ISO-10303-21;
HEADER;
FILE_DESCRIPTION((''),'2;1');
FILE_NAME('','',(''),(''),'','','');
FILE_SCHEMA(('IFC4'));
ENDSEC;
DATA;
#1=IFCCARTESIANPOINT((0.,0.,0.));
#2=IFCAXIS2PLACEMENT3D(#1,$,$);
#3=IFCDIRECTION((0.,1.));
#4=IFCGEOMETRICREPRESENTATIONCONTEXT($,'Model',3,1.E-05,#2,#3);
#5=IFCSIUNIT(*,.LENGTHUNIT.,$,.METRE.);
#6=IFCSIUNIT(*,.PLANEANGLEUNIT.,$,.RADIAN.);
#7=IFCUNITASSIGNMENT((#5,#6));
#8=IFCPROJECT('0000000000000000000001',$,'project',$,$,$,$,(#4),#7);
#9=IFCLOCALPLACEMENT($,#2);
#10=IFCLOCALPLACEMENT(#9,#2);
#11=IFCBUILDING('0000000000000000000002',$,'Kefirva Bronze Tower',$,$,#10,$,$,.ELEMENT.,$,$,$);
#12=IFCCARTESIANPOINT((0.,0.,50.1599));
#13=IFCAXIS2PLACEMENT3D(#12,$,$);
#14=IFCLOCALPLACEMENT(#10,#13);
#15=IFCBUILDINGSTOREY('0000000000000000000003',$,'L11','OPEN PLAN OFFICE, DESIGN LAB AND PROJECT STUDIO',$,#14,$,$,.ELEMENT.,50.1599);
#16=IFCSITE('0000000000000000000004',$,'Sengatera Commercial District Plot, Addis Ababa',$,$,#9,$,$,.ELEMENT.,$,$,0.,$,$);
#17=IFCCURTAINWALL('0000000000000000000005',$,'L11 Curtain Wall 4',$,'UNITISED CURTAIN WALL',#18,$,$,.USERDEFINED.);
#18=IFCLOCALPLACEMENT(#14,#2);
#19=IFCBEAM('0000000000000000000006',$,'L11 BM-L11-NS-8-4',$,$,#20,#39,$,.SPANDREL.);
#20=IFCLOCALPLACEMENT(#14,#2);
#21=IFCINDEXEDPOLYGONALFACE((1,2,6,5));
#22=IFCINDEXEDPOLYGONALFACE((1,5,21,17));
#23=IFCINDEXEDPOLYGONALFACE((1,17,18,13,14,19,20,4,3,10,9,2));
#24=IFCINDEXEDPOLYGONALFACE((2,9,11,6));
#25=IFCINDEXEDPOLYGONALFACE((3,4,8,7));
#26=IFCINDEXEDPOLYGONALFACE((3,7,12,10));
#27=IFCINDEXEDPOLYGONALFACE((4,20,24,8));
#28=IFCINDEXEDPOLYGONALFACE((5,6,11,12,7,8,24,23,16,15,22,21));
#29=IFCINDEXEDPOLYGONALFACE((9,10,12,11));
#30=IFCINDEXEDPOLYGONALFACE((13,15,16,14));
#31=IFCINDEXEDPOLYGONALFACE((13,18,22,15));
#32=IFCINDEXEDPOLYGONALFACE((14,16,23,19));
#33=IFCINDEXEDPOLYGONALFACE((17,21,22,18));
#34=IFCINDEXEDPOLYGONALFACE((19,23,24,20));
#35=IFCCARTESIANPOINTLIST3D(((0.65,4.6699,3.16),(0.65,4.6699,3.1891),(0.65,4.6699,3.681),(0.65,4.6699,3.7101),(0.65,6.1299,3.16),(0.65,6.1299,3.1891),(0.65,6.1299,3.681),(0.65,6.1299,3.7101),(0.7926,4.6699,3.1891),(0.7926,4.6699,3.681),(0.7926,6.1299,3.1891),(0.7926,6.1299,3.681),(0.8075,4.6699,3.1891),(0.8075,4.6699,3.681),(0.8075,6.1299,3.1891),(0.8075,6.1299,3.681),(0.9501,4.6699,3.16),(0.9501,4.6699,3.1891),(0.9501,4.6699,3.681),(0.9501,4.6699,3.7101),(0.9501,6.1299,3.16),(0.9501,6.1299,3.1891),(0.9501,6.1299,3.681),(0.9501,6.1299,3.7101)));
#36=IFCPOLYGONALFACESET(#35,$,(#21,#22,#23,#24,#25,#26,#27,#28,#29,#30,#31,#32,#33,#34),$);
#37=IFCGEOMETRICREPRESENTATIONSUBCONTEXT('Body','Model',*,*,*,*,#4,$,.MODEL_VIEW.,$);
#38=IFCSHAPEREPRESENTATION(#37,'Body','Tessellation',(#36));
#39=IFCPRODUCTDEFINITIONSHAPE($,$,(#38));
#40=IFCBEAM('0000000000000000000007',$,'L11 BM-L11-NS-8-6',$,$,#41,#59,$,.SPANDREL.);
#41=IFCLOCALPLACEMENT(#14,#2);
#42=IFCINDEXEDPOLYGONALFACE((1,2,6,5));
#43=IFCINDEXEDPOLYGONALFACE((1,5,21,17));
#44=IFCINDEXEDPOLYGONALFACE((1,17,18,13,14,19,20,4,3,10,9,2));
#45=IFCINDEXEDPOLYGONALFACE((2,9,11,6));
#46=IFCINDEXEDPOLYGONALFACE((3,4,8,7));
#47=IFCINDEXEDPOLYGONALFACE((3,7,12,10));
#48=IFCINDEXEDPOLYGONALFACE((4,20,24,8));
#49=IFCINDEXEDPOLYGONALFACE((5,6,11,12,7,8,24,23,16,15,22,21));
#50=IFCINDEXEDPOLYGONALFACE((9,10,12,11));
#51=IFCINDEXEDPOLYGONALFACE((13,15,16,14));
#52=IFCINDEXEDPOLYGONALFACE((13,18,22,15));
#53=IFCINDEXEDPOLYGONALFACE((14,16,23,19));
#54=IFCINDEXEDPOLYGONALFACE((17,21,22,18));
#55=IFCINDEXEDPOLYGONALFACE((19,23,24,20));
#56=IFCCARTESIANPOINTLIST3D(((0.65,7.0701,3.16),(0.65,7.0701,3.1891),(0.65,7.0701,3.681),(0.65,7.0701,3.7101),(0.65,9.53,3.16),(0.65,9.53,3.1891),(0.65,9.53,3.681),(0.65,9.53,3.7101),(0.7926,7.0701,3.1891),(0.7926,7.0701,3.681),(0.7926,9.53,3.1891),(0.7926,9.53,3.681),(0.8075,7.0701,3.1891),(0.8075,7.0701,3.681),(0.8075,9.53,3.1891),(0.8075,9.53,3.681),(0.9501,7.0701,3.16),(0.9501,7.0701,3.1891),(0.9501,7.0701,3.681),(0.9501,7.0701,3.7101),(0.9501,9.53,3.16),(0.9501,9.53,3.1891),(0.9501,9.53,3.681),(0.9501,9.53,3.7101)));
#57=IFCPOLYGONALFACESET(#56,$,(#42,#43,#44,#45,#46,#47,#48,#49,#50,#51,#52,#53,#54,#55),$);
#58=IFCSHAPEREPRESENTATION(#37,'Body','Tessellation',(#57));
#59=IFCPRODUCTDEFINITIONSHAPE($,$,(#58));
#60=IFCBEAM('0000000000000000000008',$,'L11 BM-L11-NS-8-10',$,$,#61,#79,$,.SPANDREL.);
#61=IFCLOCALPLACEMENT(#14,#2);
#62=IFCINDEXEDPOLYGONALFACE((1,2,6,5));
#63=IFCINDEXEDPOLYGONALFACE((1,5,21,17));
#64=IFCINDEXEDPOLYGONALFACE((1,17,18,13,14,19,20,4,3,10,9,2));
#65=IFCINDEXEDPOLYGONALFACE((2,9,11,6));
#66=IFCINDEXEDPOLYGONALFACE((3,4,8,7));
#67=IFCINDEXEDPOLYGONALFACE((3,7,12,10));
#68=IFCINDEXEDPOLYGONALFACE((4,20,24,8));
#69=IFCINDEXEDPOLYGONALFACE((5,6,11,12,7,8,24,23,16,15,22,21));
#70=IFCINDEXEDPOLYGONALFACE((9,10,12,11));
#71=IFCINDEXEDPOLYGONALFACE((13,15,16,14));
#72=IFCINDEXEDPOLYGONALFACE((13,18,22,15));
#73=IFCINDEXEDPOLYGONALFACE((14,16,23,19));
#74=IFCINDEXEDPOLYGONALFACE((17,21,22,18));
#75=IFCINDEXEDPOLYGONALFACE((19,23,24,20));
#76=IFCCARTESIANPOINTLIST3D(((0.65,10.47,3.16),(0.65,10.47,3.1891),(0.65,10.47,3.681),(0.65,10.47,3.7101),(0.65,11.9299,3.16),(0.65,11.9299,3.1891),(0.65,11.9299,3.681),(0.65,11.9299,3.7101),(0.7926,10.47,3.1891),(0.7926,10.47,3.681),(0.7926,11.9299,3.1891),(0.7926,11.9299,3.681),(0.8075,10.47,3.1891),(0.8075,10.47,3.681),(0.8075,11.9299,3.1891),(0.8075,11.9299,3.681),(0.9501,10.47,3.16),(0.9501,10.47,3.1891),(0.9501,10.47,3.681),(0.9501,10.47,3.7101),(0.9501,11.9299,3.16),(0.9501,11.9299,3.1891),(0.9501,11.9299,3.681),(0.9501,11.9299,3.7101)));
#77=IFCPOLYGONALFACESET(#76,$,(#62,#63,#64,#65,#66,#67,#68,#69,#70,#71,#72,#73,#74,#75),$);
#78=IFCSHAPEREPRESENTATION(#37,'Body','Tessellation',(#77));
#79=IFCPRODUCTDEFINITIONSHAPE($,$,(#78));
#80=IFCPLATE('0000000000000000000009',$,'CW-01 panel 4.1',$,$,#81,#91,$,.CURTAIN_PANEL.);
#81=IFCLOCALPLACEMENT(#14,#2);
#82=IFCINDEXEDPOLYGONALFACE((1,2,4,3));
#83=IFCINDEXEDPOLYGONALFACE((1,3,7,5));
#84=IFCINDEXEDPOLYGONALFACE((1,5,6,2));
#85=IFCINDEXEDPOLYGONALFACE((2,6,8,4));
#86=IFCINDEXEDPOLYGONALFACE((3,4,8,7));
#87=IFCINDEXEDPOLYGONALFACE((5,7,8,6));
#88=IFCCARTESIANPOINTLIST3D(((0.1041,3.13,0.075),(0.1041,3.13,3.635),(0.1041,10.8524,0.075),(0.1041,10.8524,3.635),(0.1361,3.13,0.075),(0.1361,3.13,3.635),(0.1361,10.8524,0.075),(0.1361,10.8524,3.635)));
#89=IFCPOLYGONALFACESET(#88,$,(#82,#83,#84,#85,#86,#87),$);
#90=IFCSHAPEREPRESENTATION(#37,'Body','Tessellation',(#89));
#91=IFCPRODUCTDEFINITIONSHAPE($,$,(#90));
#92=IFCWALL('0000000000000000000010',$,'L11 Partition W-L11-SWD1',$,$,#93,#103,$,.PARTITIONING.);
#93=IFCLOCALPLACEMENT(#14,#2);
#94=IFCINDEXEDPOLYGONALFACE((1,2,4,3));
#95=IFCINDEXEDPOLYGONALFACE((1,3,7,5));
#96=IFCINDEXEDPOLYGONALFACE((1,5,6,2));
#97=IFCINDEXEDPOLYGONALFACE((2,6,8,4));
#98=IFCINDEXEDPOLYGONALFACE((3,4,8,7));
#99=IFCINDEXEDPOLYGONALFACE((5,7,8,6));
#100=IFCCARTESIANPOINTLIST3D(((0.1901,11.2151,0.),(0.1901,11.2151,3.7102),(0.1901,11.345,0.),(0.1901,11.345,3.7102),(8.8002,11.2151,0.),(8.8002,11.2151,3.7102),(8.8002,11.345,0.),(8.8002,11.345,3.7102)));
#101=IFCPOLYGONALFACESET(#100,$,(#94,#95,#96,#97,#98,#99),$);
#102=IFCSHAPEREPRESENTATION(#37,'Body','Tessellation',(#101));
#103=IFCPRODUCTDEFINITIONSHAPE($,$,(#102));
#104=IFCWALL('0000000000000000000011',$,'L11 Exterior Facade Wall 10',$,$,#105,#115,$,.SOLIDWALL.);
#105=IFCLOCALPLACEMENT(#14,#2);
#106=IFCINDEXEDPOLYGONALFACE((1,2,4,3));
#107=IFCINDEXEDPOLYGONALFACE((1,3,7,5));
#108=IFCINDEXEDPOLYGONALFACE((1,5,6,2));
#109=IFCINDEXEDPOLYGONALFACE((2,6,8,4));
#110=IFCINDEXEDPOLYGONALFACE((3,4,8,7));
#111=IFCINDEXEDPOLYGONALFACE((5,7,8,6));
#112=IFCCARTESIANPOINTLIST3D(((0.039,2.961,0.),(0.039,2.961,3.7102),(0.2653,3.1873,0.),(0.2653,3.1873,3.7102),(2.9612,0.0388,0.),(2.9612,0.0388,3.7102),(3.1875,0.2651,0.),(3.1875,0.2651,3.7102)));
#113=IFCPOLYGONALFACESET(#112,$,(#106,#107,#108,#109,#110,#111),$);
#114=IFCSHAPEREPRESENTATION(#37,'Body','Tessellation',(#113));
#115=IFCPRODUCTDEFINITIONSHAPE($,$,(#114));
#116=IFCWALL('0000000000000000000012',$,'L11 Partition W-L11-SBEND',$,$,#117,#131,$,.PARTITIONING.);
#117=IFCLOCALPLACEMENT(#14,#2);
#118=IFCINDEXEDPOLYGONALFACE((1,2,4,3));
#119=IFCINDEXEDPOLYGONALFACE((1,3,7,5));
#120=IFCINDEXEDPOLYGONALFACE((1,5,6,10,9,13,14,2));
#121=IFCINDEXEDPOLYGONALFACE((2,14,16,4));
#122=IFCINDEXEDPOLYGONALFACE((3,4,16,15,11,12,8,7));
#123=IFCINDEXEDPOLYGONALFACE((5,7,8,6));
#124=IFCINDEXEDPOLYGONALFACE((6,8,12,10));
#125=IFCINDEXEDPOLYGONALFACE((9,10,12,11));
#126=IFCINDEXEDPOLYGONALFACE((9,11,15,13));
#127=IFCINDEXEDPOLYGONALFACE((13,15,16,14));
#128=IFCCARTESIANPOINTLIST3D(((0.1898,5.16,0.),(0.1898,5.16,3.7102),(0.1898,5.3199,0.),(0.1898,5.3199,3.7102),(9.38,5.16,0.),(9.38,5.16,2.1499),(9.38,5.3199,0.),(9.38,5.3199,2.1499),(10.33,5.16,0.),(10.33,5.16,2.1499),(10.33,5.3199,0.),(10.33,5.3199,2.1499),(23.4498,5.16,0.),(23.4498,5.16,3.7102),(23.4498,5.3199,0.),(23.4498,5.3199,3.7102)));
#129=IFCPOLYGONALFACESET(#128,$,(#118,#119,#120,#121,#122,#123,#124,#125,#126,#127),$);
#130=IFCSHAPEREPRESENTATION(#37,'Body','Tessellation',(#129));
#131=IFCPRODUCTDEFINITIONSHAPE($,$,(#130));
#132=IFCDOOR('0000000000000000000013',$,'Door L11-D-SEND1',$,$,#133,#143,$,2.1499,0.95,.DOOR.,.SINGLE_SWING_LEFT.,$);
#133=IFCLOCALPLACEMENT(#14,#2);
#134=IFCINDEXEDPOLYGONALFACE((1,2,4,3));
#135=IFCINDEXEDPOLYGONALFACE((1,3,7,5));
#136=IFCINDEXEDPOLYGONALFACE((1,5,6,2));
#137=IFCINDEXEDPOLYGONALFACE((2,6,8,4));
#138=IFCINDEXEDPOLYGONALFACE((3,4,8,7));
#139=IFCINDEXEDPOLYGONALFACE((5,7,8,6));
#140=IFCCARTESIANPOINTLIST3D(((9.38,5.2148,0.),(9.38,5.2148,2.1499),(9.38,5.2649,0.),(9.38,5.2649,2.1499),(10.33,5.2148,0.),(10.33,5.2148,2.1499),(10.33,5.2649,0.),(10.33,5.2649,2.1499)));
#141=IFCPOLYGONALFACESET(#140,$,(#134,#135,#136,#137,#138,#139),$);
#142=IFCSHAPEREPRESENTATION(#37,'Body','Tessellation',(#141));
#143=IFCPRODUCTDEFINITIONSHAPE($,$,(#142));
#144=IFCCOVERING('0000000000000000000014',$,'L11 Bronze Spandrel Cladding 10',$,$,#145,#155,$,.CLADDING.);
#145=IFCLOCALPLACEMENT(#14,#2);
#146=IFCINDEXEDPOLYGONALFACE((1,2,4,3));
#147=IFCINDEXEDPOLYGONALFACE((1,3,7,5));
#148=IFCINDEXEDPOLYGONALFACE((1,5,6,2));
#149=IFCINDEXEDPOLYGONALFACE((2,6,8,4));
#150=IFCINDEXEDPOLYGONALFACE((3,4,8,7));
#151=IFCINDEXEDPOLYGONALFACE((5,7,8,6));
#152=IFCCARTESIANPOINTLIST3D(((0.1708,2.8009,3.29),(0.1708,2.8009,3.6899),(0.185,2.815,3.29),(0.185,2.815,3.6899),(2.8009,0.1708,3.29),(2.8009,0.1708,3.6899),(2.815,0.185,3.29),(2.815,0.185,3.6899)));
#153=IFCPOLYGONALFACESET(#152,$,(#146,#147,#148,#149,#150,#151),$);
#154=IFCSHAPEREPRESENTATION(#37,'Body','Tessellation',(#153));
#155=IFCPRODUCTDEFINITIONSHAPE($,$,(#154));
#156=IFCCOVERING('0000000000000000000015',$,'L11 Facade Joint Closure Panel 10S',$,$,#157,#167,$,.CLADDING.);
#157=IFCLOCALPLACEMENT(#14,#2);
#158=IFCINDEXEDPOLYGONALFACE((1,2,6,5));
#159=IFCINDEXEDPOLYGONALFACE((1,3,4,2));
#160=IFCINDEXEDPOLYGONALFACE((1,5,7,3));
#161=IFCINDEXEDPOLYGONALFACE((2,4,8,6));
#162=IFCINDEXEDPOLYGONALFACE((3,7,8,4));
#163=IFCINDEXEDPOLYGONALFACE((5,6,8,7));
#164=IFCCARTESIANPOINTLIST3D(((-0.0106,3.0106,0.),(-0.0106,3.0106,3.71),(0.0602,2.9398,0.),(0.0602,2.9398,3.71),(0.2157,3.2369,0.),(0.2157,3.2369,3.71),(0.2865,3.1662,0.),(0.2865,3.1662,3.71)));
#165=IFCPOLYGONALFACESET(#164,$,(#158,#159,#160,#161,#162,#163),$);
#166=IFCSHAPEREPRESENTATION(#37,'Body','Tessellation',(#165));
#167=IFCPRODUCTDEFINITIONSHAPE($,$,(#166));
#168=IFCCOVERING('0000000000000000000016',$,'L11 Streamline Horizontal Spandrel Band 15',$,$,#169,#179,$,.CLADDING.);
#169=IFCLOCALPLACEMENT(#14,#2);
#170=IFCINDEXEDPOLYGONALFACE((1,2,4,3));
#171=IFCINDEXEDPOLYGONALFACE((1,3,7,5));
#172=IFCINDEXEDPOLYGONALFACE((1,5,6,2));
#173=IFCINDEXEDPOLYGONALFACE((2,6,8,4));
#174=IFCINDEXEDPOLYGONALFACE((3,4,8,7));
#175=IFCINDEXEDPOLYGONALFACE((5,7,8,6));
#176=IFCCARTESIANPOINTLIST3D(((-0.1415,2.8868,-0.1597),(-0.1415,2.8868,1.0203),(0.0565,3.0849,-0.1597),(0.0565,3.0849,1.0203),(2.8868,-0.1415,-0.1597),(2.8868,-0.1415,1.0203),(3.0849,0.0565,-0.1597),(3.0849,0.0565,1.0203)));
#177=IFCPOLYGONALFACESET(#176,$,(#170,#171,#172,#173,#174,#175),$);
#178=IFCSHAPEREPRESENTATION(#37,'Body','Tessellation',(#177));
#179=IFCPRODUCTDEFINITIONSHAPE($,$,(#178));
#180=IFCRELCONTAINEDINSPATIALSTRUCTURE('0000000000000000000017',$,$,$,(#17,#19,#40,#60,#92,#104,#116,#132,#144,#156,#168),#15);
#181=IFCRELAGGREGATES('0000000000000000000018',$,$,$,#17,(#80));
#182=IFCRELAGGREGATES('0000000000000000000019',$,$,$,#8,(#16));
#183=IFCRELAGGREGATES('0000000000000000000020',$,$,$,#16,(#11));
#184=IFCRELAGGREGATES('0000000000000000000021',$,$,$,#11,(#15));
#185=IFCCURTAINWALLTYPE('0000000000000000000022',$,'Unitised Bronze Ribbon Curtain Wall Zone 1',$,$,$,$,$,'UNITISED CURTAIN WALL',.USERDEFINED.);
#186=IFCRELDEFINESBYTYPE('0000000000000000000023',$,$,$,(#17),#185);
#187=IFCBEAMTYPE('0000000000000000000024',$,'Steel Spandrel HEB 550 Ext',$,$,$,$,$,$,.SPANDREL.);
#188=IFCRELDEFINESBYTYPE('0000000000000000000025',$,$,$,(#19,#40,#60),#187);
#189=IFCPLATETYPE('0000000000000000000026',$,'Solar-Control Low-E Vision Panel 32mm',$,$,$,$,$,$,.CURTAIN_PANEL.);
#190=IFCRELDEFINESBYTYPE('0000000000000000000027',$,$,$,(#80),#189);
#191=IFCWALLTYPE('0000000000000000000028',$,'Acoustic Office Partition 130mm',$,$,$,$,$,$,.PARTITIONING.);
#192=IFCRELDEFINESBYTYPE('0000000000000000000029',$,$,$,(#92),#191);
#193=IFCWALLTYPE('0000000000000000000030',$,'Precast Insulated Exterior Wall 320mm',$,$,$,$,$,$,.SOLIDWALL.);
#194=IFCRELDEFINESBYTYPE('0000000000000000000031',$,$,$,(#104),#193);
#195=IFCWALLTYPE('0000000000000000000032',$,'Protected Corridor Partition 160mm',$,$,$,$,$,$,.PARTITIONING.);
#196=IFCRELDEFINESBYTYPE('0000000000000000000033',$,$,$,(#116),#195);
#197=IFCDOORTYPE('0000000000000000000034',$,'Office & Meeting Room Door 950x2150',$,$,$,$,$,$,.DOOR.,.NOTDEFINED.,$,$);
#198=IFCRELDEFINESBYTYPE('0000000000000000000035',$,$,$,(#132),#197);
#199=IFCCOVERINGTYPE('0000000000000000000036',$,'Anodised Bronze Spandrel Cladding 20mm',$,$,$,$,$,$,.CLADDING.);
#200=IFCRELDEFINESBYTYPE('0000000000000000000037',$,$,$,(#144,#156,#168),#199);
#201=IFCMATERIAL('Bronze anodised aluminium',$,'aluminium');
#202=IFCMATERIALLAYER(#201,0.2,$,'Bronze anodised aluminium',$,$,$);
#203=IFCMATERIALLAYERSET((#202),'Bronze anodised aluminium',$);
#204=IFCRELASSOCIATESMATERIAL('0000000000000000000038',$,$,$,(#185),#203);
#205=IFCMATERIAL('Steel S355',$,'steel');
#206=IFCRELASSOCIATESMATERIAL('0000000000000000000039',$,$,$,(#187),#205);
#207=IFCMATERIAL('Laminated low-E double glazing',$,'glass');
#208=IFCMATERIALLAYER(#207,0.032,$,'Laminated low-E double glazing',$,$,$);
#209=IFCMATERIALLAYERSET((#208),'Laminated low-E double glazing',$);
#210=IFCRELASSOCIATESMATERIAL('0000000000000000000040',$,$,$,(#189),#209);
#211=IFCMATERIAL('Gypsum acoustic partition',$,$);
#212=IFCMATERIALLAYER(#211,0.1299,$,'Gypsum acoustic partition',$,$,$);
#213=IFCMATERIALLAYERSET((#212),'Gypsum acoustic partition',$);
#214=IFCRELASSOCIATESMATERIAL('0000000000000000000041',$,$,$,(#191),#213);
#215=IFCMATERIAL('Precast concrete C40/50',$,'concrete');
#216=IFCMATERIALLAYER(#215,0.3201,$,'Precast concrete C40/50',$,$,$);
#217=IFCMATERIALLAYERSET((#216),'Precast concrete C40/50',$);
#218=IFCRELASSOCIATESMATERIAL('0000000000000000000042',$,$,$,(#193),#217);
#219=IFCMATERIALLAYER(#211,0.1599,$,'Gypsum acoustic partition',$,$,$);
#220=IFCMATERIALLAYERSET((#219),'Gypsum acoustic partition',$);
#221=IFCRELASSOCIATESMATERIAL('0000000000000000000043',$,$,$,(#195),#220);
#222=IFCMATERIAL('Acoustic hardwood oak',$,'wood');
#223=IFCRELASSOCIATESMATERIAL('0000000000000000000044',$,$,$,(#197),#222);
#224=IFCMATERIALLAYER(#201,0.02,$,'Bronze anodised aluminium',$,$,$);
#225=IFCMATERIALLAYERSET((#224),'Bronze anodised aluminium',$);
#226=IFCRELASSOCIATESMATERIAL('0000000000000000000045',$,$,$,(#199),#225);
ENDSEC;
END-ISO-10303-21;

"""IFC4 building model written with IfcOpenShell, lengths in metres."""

from ifc_helpers import new_model, si_unit, direction, frame, frame_2d, origin, origin_2d, place, context, subcontext, project, spatial, rectangle, i_section, extrude, material, layer, layer_set, material_profile, profile_set, type_object, element, fill, aggregate, save


model = new_model("IFC4")

# Units and contexts
model_context = context("Model", 3, precision=1e-05, world=origin(), true_north=direction((0.0, 1.0)))
body_context = subcontext(model_context, "Body", "Model", "MODEL_VIEW")
ifc_project = project(units=[si_unit("LENGTHUNIT", "METRE"), si_unit("PLANEANGLEUNIT", "RADIAN")], contexts=[model_context])

# Site, building, storey
site_placement = place(None, origin())
site = spatial("IfcSite", under=ifc_project, at=site_placement, Name="Sengatera Commercial District Plot, Addis Ababa", CompositionType="ELEMENT", RefElevation=0.0)
building_placement = place(site_placement, origin())
building = spatial("IfcBuilding", under=site, at=building_placement, Name="Kefirva Bronze Tower", CompositionType="ELEMENT")
storey_placement = place(building_placement, frame((0.0, 0.0, 50.1599)))
storey = spatial("IfcBuildingStorey", under=building, at=storey_placement, Name="L11", Description="OPEN PLAN OFFICE, DESIGN LAB AND PROJECT STUDIO", CompositionType="ELEMENT", Elevation=50.1599)

# Curtain wall
ifc_material_1 = material(Name="Bronze anodised aluminium", Category="aluminium")
ifc_layer_1 = layer(ifc_material_1, 0.2, Name="Bronze anodised aluminium")
ifc_layer_set_1 = layer_set([ifc_layer_1], Name="Bronze anodised aluminium")
curtain_wall_type = type_object("IfcCurtainWallType", Name="Unitised Bronze Ribbon Curtain Wall Zone 1", ElementType="UNITISED CURTAIN WALL", PredefinedType="USERDEFINED", material=ifc_layer_set_1)
curtain_wall_placement = place(storey_placement, origin())
curtain_wall = element("IfcCurtainWall", 1, at=curtain_wall_placement, inside=storey, type_object=curtain_wall_type, Name="L11 Curtain Wall 4", ObjectType="UNITISED CURTAIN WALL", PredefinedType="USERDEFINED")

# Beams
ifc_material_2 = material(Name="Steel S355", Category="steel")
ifc_material_profile_1 = material_profile(ifc_material_2, i_section(OverallWidth=0.3, OverallDepth=0.55, WebThickness=0.0149, FlangeThickness=0.0291, at=origin_2d()), Name="HEB 550")
ifc_profile_set_1 = profile_set([ifc_material_profile_1], Name="Steel S355")
beam_type_1 = type_object("IfcBeamType", Name="Steel Spandrel HEB 550 Ext", PredefinedType="SPANDREL", material=ifc_profile_set_1)
beam_1_placement = place(storey_placement, frame((0.8, 4.6699, 3.4351), z_axis=(0.0, 1.0, 0.0), x_axis=(-1.0, 0.0, 0.0)))
element("IfcBeam", 2, at=beam_1_placement, inside=storey, type_object=beam_type_1, Name="L11 BM-L11-NS-8-4", PredefinedType="SPANDREL", context=body_context, shape_type="SweptSolid", body=[
    extrude(i_section(OverallWidth=0.3, OverallDepth=0.55, WebThickness=0.0149, FlangeThickness=0.0291, at=origin_2d()), origin(), (0.0, 0.0, 1.0), 1.46),
])
beam_2_placement = place(storey_placement, frame((0.8, 7.0701, 3.4351), z_axis=(0.0, 1.0, 0.0), x_axis=(-1.0, 0.0, 0.0)))
element("IfcBeam", 3, at=beam_2_placement, inside=storey, type_object=beam_type_1, Name="L11 BM-L11-NS-8-6", PredefinedType="SPANDREL", context=body_context, shape_type="SweptSolid", body=[
    extrude(i_section(OverallWidth=0.3, OverallDepth=0.55, WebThickness=0.0149, FlangeThickness=0.0291, at=origin_2d()), origin(), (0.0, 0.0, 1.0), 2.46),
])
beam_3_placement = place(storey_placement, frame((0.8, 10.47, 3.4351), z_axis=(0.0, 1.0, 0.0), x_axis=(-1.0, 0.0, 0.0)))
element("IfcBeam", 4, at=beam_3_placement, inside=storey, type_object=beam_type_1, Name="L11 BM-L11-NS-8-10", PredefinedType="SPANDREL", context=body_context, shape_type="SweptSolid", body=[
    extrude(i_section(OverallWidth=0.3, OverallDepth=0.55, WebThickness=0.0149, FlangeThickness=0.0291, at=origin_2d()), origin(), (0.0, 0.0, 1.0), 1.46),
])

# Plate
ifc_material_3 = material(Name="Laminated low-E double glazing", Category="glass")
ifc_layer_2 = layer(ifc_material_3, 0.032, Name="Laminated low-E double glazing")
ifc_layer_set_2 = layer_set([ifc_layer_2], Name="Laminated low-E double glazing")
plate_type = type_object("IfcPlateType", Name="Solar-Control Low-E Vision Panel 32mm", PredefinedType="CURTAIN_PANEL", material=ifc_layer_set_2)
plate_placement = place(storey_placement, frame((0.1201, 6.9912, 0.075), z_axis=(0.0, 0.0, 1.0), x_axis=(0.0, -1.0, 0.0)))
plate = element("IfcPlate", 5, at=plate_placement, type_object=plate_type, Name="CW-01 panel 4.1", PredefinedType="CURTAIN_PANEL", context=body_context, shape_type="SweptSolid", body=[
    extrude(rectangle(XDim=7.7224, YDim=0.032, at=origin_2d()), origin(), (0.0, 0.0, 1.0), 3.5601),
])
aggregate(curtain_wall, [plate])

# Walls
ifc_material_4 = material(Name="Gypsum acoustic partition")
ifc_layer_3 = layer(ifc_material_4, 0.1299, Name="Gypsum acoustic partition")
ifc_layer_set_3 = layer_set([ifc_layer_3], Name="Gypsum acoustic partition")
wall_type_1 = type_object("IfcWallType", Name="Acoustic Office Partition 130mm", PredefinedType="PARTITIONING", material=ifc_layer_set_3)
wall_1_placement = place(storey_placement, frame((0.1899, 11.28, 0.0), z_axis=(0.0, 0.0, 1.0), x_axis=(1.0, 0.0, 0.0)))
element("IfcWall", 6, at=wall_1_placement, inside=storey, type_object=wall_type_1, Name="L11 Partition W-L11-SWD1", PredefinedType="PARTITIONING", context=body_context, shape_type="SweptSolid", body=[
    extrude(rectangle(XDim=8.6101, YDim=0.1299, at=frame_2d((4.3052, 0.0))), origin(), (0.0, 0.0, 1.0), 3.7102),
])
ifc_material_5 = material(Name="Precast concrete C40/50", Category="concrete")
ifc_layer_4 = layer(ifc_material_5, 0.3201, Name="Precast concrete C40/50")
ifc_layer_set_4 = layer_set([ifc_layer_4], Name="Precast concrete C40/50")
wall_type_2 = type_object("IfcWallType", Name="Precast Insulated Exterior Wall 320mm", PredefinedType="SOLIDWALL", material=ifc_layer_set_4)
wall_2_placement = place(storey_placement, frame((0.1521, 3.0742, 0.0), z_axis=(0.0, 0.0, 1.0), x_axis=(0.707107, -0.707107, 0.0)))
element("IfcWall", 7, at=wall_2_placement, inside=storey, type_object=wall_type_2, Name="L11 Exterior Facade Wall 10", PredefinedType="SOLIDWALL", context=body_context, shape_type="SweptSolid", body=[
    extrude(rectangle(XDim=4.1326, YDim=0.3201, at=frame_2d((2.0664, 0.0))), origin(), (0.0, 0.0, 1.0), 3.7102),
])

# Wall, opening, door
ifc_layer_5 = layer(ifc_material_4, 0.1599, Name="Gypsum acoustic partition")
ifc_layer_set_5 = layer_set([ifc_layer_5], Name="Gypsum acoustic partition")
wall_type_3 = type_object("IfcWallType", Name="Protected Corridor Partition 160mm", PredefinedType="PARTITIONING", material=ifc_layer_set_5)
wall_3_placement = place(storey_placement, frame((0.1899, 5.24, 0.0), z_axis=(0.0, 0.0, 1.0), x_axis=(1.0, 0.0, 0.0)))
wall_3 = element("IfcWall", 8, at=wall_3_placement, inside=storey, type_object=wall_type_3, Name="L11 Partition W-L11-SBEND", PredefinedType="PARTITIONING", context=body_context, shape_type="SweptSolid", body=[
    extrude(rectangle(XDim=23.26, YDim=0.1599, at=frame_2d((11.6299, 0.0))), origin(), (0.0, 0.0, 1.0), 3.7102),
])
opening_placement = place(wall_3_placement, frame((9.1899, 0.0, 0.0)))
opening = element("IfcOpeningElement", 9, at=opening_placement, cuts=wall_3, PredefinedType="OPENING", context=body_context, shape_type="SweptSolid", body=[
    extrude(rectangle(XDim=0.95, YDim=2.1499, at=frame_2d((0.4751, 1.075))), frame((0.0, 0.0898, 0.0), z_axis=(0.0, -1.0, 0.0), x_axis=(1.0, 0.0, 0.0)), (0.0, 0.0, 1.0), 0.1799),
])
ifc_material_6 = material(Name="Acoustic hardwood oak", Category="wood")
door_type = type_object("IfcDoorType", Name="Office & Meeting Room Door 950x2150", OperationType="NOTDEFINED", PredefinedType="DOOR", material=ifc_material_6)
door_placement = place(opening_placement, origin())
door = element("IfcDoor", 10, at=door_placement, inside=storey, type_object=door_type, Name="Door L11-D-SEND1", OperationType="SINGLE_SWING_LEFT", OverallHeight=2.1499, OverallWidth=0.95, PredefinedType="DOOR", context=body_context, shape_type="SweptSolid", body=[
    extrude(rectangle(XDim=0.95, YDim=2.1499, at=frame_2d((0.4751, 1.075))), frame((0.0, 0.0249, 0.0), z_axis=(0.0, -1.0, 0.0), x_axis=(1.0, 0.0, 0.0)), (0.0, 0.0, 1.0), 0.05),
])
fill(opening, door)

# Coverings
ifc_layer_6 = layer(ifc_material_1, 0.02, Name="Bronze anodised aluminium")
ifc_layer_set_6 = layer_set([ifc_layer_6], Name="Bronze anodised aluminium")
covering_type_1 = type_object("IfcCoveringType", Name="Anodised Bronze Spandrel Cladding 20mm", PredefinedType="CLADDING", material=ifc_layer_set_6)
covering_1_placement = place(storey_placement, frame((1.4929, 1.4929, 3.29), z_axis=(0.0, 0.0, 1.0), x_axis=(0.707107, -0.707107, 0.0)))
element("IfcCovering", 11, at=covering_1_placement, inside=storey, type_object=covering_type_1, Name="L11 Bronze Spandrel Cladding 10", PredefinedType="CLADDING", context=body_context, shape_type="SweptSolid", body=[
    extrude(rectangle(XDim=3.7195, YDim=0.02, at=origin_2d()), origin(), (0.0, 0.0, 1.0), 0.3999),
])
covering_2_placement = place(storey_placement, frame((0.1379, 3.0884, 0.0), z_axis=(0.0, 0.0, 1.0), x_axis=(0.707107, -0.707107, 0.0)))
element("IfcCovering", 12, at=covering_2_placement, inside=storey, type_object=covering_type_1, Name="L11 Facade Joint Closure Panel 10S", PredefinedType="CLADDING", context=body_context, shape_type="SweptSolid", body=[
    extrude(rectangle(XDim=0.1001, YDim=0.3201, at=origin_2d()), origin(), (0.0, 0.0, 1.0), 3.71),
])
covering_3_placement = place(storey_placement, frame((1.4717, 1.4717, -0.1597), z_axis=(0.0, 0.0, 1.0), x_axis=(0.707107, -0.707107, 0.0)))
element("IfcCovering", 13, at=covering_3_placement, inside=storey, type_object=covering_type_1, Name="L11 Streamline Horizontal Spandrel Band 15", PredefinedType="CLADDING", context=body_context, shape_type="SweptSolid", body=[
    extrude(rectangle(XDim=4.2827, YDim=0.28, at=origin_2d()), origin(), (0.0, 0.0, 1.0), 1.1799),
])

save(model, "model.ifc")
